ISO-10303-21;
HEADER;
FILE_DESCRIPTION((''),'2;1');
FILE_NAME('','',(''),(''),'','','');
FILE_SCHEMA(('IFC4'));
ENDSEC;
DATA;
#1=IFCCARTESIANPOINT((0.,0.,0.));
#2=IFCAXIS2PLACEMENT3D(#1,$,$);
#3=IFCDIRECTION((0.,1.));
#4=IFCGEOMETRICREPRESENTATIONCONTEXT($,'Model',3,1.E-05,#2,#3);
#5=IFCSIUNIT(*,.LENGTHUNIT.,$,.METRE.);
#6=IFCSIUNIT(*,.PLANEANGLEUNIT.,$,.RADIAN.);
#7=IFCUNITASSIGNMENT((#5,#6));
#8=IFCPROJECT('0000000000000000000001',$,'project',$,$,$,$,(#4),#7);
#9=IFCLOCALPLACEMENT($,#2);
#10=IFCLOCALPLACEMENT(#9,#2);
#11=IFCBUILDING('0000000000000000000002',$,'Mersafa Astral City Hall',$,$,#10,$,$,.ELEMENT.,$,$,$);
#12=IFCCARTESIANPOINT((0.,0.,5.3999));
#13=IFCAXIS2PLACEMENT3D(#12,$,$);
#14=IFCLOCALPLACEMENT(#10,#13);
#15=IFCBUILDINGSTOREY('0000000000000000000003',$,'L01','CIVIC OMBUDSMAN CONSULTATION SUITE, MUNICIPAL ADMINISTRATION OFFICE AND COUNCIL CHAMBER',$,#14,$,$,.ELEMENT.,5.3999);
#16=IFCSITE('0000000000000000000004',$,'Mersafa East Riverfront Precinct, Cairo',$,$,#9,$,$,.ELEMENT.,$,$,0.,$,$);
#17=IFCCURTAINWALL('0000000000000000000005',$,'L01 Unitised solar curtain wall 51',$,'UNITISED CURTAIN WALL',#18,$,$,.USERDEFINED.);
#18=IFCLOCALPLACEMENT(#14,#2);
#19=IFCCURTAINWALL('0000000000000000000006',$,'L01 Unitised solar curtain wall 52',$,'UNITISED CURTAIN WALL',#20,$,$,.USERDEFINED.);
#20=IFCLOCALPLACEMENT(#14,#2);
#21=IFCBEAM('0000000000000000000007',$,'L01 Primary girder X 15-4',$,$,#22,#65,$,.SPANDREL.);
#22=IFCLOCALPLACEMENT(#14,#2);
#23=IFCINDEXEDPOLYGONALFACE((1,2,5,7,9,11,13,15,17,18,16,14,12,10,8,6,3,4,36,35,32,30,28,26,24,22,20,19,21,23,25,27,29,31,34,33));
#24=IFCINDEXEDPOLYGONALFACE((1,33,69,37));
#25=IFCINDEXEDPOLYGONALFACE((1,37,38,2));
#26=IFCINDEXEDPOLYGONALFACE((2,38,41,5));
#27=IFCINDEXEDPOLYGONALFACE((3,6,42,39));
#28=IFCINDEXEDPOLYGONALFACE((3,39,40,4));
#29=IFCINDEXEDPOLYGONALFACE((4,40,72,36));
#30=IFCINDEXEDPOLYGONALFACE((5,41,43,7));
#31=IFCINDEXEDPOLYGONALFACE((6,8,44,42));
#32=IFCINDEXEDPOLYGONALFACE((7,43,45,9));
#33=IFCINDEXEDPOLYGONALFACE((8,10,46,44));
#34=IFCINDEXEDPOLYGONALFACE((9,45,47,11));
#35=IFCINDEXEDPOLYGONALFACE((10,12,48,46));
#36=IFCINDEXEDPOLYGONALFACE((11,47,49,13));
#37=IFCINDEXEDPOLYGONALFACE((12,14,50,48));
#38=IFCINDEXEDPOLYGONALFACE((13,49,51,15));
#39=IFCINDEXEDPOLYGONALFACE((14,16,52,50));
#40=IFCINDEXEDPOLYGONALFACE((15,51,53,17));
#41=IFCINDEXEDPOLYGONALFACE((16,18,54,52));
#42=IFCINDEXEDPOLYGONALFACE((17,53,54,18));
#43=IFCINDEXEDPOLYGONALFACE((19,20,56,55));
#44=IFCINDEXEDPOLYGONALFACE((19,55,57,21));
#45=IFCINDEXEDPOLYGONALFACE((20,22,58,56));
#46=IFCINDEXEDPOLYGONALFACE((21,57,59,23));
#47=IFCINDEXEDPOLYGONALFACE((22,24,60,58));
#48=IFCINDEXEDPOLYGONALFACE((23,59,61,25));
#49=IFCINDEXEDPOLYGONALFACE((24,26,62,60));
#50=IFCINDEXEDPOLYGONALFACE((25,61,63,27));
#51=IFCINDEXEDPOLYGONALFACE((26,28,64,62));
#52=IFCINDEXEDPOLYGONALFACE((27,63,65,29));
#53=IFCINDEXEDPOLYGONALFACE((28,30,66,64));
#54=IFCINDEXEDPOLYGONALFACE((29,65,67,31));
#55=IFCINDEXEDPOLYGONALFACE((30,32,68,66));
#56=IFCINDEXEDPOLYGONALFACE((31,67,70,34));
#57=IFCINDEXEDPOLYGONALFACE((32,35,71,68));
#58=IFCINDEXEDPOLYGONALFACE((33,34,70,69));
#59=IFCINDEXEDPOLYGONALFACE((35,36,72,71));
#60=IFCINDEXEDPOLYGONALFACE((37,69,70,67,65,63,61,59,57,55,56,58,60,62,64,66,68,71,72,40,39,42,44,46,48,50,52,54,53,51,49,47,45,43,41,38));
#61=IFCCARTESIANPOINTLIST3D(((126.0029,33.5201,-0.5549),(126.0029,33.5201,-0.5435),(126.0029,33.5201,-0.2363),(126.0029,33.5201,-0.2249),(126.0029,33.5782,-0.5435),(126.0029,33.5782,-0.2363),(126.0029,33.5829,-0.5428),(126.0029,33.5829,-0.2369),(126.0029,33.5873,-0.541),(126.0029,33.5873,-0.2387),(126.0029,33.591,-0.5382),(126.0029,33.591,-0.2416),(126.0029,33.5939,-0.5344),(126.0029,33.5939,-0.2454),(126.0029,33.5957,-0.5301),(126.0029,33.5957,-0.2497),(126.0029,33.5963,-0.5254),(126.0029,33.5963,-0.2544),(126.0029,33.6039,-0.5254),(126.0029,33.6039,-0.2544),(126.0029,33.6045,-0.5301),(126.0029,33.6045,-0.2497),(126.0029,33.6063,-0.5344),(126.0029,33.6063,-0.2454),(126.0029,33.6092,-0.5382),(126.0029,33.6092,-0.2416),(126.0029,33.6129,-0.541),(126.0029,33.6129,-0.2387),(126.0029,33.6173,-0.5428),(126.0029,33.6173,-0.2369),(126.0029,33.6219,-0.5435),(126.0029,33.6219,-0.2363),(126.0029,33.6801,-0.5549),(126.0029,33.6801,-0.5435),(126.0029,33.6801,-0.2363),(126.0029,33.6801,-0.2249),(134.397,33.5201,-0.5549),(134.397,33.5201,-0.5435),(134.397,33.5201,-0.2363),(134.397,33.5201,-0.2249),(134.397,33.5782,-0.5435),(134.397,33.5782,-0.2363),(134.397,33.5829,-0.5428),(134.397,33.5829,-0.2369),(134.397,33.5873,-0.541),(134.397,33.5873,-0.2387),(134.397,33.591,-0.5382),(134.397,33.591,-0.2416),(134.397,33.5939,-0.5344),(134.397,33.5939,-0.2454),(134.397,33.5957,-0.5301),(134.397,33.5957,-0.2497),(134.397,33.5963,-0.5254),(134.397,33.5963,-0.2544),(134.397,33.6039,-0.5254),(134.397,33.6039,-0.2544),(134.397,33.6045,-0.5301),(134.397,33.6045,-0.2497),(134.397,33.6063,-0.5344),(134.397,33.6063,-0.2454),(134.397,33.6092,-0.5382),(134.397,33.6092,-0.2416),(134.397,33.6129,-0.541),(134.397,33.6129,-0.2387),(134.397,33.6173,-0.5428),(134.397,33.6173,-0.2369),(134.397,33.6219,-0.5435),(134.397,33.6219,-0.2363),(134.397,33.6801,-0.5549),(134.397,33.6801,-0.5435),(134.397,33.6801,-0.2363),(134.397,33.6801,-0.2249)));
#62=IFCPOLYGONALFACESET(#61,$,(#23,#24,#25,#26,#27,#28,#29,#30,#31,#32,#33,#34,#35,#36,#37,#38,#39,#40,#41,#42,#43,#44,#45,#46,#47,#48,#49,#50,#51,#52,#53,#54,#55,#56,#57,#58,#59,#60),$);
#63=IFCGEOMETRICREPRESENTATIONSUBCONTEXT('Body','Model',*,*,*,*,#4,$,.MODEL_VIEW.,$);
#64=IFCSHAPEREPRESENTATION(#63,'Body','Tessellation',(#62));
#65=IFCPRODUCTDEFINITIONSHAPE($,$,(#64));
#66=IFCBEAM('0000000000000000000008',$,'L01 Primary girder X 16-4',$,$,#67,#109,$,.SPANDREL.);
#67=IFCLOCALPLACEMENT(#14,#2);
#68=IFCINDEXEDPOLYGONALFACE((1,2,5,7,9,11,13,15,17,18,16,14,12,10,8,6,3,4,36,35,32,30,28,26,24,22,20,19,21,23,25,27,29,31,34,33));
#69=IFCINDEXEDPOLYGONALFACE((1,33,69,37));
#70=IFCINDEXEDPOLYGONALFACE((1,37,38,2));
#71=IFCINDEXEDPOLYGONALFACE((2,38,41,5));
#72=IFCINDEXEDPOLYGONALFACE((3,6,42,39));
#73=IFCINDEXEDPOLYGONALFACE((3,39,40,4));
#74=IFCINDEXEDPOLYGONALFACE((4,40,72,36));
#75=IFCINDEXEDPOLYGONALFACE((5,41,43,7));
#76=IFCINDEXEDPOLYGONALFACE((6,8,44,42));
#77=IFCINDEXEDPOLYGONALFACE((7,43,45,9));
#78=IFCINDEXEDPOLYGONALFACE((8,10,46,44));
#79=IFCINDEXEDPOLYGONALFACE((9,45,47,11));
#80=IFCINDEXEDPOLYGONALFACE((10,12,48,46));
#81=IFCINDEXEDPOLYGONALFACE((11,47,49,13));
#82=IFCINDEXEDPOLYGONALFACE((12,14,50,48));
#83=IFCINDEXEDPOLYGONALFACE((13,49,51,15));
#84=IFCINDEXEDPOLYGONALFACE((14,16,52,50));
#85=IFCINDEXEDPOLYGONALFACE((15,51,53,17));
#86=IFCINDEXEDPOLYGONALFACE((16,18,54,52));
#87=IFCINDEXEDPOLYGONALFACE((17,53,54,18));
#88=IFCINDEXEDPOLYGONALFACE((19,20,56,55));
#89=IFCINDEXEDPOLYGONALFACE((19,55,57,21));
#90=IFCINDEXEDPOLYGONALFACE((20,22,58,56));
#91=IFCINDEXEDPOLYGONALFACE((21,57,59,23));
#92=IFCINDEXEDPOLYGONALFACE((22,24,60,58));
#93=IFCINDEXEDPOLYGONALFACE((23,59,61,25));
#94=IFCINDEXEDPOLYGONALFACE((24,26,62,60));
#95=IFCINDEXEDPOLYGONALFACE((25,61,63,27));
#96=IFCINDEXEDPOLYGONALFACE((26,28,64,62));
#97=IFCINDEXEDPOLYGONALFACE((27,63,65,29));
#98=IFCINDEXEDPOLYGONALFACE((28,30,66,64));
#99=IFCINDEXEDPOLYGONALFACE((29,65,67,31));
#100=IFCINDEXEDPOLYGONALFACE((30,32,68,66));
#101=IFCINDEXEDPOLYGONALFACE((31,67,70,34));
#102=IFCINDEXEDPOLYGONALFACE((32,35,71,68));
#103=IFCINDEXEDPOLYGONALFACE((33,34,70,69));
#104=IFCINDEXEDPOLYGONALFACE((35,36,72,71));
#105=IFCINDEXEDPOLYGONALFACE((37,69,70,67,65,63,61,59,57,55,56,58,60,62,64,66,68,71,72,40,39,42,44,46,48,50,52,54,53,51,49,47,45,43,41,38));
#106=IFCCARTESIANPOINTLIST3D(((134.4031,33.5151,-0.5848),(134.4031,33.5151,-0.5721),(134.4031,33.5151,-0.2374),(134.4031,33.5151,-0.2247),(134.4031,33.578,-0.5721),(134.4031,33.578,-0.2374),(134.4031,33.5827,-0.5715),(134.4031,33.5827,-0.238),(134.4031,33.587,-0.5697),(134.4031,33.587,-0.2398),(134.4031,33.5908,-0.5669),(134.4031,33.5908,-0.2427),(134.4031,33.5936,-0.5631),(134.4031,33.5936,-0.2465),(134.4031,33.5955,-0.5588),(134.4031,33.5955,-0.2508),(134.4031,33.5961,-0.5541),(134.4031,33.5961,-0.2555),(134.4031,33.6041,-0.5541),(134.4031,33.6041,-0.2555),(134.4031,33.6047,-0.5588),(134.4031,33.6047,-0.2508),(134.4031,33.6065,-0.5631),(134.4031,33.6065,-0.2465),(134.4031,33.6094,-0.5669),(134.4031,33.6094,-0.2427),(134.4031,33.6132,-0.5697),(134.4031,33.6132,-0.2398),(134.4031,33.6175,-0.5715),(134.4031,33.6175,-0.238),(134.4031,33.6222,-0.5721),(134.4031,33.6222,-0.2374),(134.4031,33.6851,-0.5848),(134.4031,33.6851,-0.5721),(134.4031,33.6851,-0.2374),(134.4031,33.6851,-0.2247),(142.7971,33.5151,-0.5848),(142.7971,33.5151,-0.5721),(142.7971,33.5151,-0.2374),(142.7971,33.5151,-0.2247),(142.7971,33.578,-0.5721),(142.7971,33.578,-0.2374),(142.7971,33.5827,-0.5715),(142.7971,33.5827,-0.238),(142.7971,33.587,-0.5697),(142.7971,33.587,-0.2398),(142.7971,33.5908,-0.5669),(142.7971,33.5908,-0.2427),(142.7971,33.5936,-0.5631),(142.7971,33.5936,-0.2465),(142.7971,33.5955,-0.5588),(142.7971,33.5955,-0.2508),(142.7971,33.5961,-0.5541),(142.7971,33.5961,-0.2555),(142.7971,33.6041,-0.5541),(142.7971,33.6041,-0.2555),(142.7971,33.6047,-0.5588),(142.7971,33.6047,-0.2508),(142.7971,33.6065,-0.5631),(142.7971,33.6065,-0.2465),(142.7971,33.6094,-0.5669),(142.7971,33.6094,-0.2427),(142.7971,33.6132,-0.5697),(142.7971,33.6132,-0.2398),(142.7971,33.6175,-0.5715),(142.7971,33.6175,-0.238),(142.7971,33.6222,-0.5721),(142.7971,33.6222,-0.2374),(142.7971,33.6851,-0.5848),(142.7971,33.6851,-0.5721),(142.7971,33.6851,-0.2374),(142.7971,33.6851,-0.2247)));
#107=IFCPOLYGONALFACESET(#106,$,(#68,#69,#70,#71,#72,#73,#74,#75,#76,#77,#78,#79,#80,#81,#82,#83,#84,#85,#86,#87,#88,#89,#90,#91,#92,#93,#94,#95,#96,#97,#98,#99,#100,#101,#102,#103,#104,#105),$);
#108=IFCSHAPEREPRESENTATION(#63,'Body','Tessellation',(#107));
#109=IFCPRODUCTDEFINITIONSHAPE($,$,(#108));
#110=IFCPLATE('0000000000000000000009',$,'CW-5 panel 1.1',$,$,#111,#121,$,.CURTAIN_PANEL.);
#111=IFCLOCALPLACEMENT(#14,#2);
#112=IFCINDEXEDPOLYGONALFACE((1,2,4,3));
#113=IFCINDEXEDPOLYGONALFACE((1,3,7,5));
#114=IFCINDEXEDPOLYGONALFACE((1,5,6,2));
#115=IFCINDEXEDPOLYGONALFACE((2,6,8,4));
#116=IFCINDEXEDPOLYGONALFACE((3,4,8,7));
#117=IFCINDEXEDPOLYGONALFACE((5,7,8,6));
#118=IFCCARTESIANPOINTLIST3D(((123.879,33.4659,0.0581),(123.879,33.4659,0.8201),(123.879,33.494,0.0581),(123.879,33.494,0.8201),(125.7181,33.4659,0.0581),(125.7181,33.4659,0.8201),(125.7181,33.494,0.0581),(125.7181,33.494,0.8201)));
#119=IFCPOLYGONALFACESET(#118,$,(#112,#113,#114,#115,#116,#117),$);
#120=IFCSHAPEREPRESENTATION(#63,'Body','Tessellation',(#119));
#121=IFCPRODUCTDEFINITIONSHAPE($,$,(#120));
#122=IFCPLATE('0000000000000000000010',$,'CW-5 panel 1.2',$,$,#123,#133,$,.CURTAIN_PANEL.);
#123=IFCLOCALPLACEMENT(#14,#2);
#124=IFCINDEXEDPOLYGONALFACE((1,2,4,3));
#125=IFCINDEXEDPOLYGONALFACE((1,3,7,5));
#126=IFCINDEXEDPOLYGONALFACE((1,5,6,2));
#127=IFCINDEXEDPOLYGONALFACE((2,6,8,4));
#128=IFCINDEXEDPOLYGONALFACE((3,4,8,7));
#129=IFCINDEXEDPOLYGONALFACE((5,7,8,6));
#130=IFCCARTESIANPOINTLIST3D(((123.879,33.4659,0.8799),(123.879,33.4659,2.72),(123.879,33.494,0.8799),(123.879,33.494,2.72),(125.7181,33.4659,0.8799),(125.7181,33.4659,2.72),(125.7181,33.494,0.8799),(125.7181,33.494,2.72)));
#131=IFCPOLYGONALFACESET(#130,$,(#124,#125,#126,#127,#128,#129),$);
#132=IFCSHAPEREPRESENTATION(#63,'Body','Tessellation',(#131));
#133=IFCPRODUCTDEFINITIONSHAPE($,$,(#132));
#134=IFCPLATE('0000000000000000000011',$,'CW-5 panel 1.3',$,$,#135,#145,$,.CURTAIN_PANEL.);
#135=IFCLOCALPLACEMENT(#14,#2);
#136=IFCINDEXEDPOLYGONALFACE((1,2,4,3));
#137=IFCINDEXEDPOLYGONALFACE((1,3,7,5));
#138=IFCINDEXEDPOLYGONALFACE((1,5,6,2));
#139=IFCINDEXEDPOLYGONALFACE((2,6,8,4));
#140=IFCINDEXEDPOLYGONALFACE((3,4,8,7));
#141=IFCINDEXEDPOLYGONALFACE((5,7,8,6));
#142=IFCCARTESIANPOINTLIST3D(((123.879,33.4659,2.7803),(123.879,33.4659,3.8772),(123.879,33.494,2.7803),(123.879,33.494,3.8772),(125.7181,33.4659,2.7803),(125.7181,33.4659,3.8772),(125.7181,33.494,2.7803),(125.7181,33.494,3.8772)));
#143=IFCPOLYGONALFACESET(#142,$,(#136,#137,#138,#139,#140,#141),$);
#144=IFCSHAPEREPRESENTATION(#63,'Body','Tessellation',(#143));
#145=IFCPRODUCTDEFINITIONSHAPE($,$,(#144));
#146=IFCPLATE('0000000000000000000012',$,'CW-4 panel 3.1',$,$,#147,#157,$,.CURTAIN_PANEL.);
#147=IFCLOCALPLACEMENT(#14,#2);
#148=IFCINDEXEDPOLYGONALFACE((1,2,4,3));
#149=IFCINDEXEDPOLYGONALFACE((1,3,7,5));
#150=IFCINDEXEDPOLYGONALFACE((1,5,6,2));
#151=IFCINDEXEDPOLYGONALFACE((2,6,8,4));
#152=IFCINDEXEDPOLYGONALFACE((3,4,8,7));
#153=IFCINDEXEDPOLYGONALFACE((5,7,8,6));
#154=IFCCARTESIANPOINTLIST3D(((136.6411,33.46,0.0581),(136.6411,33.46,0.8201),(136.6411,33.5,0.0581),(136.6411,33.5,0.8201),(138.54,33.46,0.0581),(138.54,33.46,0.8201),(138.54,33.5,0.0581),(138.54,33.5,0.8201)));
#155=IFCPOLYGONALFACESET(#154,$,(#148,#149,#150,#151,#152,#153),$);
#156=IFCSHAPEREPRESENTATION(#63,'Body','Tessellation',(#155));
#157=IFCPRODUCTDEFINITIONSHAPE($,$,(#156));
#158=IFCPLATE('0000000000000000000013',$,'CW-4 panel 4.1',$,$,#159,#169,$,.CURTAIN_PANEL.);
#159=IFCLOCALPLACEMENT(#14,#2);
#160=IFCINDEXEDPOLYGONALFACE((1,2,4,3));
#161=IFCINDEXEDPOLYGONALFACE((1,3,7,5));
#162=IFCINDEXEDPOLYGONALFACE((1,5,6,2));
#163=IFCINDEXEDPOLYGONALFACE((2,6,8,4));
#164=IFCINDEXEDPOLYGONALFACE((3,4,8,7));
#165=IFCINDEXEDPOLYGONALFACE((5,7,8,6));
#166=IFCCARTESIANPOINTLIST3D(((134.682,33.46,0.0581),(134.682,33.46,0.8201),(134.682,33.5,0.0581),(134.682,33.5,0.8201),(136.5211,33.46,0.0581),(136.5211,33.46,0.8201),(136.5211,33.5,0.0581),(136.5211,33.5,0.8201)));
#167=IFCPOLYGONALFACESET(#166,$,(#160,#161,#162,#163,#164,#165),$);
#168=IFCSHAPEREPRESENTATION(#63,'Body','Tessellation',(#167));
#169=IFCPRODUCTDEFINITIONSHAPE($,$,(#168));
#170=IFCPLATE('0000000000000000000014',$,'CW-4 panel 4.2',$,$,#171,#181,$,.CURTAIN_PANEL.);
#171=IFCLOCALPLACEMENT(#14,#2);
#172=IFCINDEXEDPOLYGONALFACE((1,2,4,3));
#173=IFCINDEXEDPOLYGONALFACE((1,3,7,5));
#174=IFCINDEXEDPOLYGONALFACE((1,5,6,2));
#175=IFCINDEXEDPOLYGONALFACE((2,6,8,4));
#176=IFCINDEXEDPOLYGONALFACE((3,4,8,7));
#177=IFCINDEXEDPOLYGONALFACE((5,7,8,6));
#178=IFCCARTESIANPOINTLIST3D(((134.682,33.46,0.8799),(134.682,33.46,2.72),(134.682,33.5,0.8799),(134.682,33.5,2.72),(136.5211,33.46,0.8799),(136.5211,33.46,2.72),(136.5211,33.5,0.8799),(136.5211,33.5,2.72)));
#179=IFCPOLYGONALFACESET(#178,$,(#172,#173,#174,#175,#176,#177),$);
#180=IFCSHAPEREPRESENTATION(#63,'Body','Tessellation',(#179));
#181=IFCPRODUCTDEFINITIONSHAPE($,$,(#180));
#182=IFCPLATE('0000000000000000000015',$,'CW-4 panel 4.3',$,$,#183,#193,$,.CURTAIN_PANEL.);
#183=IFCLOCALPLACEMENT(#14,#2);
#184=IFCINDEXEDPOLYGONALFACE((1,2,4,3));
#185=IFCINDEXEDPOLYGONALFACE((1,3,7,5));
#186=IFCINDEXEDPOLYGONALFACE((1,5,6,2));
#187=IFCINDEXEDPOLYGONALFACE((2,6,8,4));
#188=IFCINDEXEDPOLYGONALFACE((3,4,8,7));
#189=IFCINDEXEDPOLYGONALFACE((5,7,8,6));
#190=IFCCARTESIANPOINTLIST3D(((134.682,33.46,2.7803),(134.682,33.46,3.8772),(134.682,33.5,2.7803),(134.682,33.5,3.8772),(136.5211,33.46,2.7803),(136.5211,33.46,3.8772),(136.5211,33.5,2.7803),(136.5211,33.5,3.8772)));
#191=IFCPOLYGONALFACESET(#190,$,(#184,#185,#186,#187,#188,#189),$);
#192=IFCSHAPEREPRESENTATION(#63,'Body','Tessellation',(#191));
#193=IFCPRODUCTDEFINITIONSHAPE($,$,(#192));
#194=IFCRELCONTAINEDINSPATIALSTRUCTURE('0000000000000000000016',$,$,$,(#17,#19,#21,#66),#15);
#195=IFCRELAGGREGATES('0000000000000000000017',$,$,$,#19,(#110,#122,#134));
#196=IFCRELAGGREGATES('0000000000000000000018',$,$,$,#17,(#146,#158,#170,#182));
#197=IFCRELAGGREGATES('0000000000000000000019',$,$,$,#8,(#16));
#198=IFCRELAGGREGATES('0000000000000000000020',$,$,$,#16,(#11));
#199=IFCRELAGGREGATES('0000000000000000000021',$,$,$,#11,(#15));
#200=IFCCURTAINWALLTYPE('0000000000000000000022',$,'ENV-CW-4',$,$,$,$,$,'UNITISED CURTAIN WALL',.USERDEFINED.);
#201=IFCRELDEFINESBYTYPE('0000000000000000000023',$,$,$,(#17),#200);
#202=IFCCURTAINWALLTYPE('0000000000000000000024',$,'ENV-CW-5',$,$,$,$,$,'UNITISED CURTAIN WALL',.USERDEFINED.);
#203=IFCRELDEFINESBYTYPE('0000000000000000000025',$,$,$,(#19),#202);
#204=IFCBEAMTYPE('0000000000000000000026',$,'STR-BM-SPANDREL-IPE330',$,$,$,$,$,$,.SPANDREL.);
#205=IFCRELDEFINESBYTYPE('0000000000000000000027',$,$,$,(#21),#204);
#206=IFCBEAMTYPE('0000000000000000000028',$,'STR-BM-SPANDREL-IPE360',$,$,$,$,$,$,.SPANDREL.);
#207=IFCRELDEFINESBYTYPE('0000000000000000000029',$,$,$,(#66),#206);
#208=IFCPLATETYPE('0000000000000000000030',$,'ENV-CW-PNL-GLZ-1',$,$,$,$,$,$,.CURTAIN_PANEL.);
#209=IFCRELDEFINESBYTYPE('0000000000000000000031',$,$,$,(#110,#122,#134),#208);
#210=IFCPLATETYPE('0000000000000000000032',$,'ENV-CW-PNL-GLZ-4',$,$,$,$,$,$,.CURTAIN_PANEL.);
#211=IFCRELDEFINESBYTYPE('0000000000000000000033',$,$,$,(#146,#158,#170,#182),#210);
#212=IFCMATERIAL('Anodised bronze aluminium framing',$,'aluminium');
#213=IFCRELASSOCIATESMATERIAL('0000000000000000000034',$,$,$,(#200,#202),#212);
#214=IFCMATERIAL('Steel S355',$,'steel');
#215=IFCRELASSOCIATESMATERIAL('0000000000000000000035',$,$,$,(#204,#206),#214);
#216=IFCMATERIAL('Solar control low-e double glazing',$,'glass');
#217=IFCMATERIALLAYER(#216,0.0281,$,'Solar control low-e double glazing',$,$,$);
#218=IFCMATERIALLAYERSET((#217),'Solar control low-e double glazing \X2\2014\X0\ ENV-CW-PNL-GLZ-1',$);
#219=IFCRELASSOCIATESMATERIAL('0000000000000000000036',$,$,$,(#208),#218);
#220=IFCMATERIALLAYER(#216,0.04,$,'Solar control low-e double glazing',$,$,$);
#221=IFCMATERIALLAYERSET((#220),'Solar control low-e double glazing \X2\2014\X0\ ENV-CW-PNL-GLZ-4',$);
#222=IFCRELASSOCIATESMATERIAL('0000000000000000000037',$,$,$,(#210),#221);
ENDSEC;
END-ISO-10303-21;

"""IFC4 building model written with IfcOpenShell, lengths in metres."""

from ifc_helpers import new_model, si_unit, direction, frame, origin, origin_2d, place, context, subcontext, project, spatial, rectangle, i_section, extrude, material, layer, layer_set, material_profile, profile_set, type_object, element, aggregate, save


model = new_model("IFC4")

# Units and contexts
model_context = context("Model", 3, precision=1e-05, world=origin(), true_north=direction((0.0, 1.0)))
body_context = subcontext(model_context, "Body", "Model", "MODEL_VIEW")
ifc_project = project(units=[si_unit("LENGTHUNIT", "METRE"), si_unit("PLANEANGLEUNIT", "RADIAN")], contexts=[model_context])

# Site, building, storey
site_placement = place(None, origin())
site = spatial("IfcSite", under=ifc_project, at=site_placement, Name="Mersafa East Riverfront Precinct, Cairo", CompositionType="ELEMENT", RefElevation=0.0)
building_placement = place(site_placement, origin())
building = spatial("IfcBuilding", under=site, at=building_placement, Name="Mersafa Astral City Hall", CompositionType="ELEMENT")
storey_placement = place(building_placement, frame((0.0, 0.0, 5.3999)))
storey = spatial("IfcBuildingStorey", under=building, at=storey_placement, Name="L01", Description="CIVIC OMBUDSMAN CONSULTATION SUITE, MUNICIPAL ADMINISTRATION OFFICE AND COUNCIL CHAMBER", CompositionType="ELEMENT", Elevation=5.3999)

# Shared definitions
ifc_material_1 = material(Name="Steel S355", Category="steel")

# Curtain walls
ifc_material_2 = material(Name="Anodised bronze aluminium framing", Category="aluminium")
curtain_wall_type_1 = type_object("IfcCurtainWallType", Name="ENV-CW-4", ElementType="UNITISED CURTAIN WALL", PredefinedType="USERDEFINED", material=ifc_material_2)
curtain_wall_1_placement = place(storey_placement, origin())
curtain_wall_1 = element("IfcCurtainWall", 1, at=curtain_wall_1_placement, inside=storey, type_object=curtain_wall_type_1, Name="L01 Unitised solar curtain wall 51", ObjectType="UNITISED CURTAIN WALL", PredefinedType="USERDEFINED")
curtain_wall_type_2 = type_object("IfcCurtainWallType", Name="ENV-CW-5", ElementType="UNITISED CURTAIN WALL", PredefinedType="USERDEFINED", material=ifc_material_2)
curtain_wall_2_placement = place(storey_placement, origin())
curtain_wall_2 = element("IfcCurtainWall", 2, at=curtain_wall_2_placement, inside=storey, type_object=curtain_wall_type_2, Name="L01 Unitised solar curtain wall 52", ObjectType="UNITISED CURTAIN WALL", PredefinedType="USERDEFINED")

# Beams
ifc_material_profile_1 = material_profile(ifc_material_1, i_section(OverallWidth=0.1599, OverallDepth=0.3301, WebThickness=0.0076, FlangeThickness=0.0115, FilletRadius=0.0181, at=origin_2d()), Name="IPE 330")
ifc_profile_set_1 = profile_set([ifc_material_profile_1], Name="Steel S355")
beam_type_1 = type_object("IfcBeamType", Name="STR-BM-SPANDREL-IPE330", PredefinedType="SPANDREL", material=ifc_profile_set_1)
beam_1_placement = place(storey_placement, frame((126.0029, 33.6001, -0.3899), z_axis=(1.0, 0.0, 0.0), x_axis=(0.0, 1.0, 0.0)))
element("IfcBeam", 3, at=beam_1_placement, inside=storey, type_object=beam_type_1, Name="L01 Primary girder X 15-4", PredefinedType="SPANDREL", context=body_context, shape_type="SweptSolid", body=[
    extrude(i_section(OverallWidth=0.1599, OverallDepth=0.3301, WebThickness=0.0076, FlangeThickness=0.0115, FilletRadius=0.0181, at=origin_2d()), origin(), (0.0, 0.0, 1.0), 8.394),
])
ifc_material_profile_2 = material_profile(ifc_material_1, i_section(OverallWidth=0.1699, OverallDepth=0.3601, WebThickness=0.0081, FlangeThickness=0.0127, FilletRadius=0.0181, at=origin_2d()), Name="IPE 360")
ifc_profile_set_2 = profile_set([ifc_material_profile_2], Name="Steel S355")
beam_type_2 = type_object("IfcBeamType", Name="STR-BM-SPANDREL-IPE360", PredefinedType="SPANDREL", material=ifc_profile_set_2)
beam_2_placement = place(storey_placement, frame((134.4031, 33.6001, -0.4048), z_axis=(1.0, 0.0, 0.0), x_axis=(0.0, 1.0, 0.0)))
element("IfcBeam", 4, at=beam_2_placement, inside=storey, type_object=beam_type_2, Name="L01 Primary girder X 16-4", PredefinedType="SPANDREL", context=body_context, shape_type="SweptSolid", body=[
    extrude(i_section(OverallWidth=0.1699, OverallDepth=0.3601, WebThickness=0.0081, FlangeThickness=0.0127, FilletRadius=0.0181, at=origin_2d()), origin(), (0.0, 0.0, 1.0), 8.394),
])

# Plates
ifc_material_3 = material(Name="Solar control low-e double glazing", Category="glass")
ifc_layer_1 = layer(ifc_material_3, 0.0281, Name="Solar control low-e double glazing")
ifc_layer_set_1 = layer_set([ifc_layer_1], Name="Solar control low-e double glazing — ENV-CW-PNL-GLZ-1")
plate_type_1 = type_object("IfcPlateType", Name="ENV-CW-PNL-GLZ-1", PredefinedType="CURTAIN_PANEL", material=ifc_layer_set_1)
plate_1_placement = place(storey_placement, frame((124.7986, 33.48, 0.0581), z_axis=(0.0, 0.0, 1.0), x_axis=(-1.0, 0.0, 0.0)))
plate_1 = element("IfcPlate", 5, at=plate_1_placement, type_object=plate_type_1, Name="CW-5 panel 1.1", PredefinedType="CURTAIN_PANEL", context=body_context, shape_type="SweptSolid", body=[
    extrude(rectangle(XDim=1.8391, YDim=0.0281, at=origin_2d()), origin(), (0.0, 0.0, 1.0), 0.762),
])
plate_2_placement = place(storey_placement, frame((124.7986, 33.48, 0.8799), z_axis=(0.0, 0.0, 1.0), x_axis=(-1.0, 0.0, 0.0)))
plate_2 = element("IfcPlate", 6, at=plate_2_placement, type_object=plate_type_1, Name="CW-5 panel 1.2", PredefinedType="CURTAIN_PANEL", context=body_context, shape_type="SweptSolid", body=[
    extrude(rectangle(XDim=1.8391, YDim=0.0281, at=origin_2d()), origin(), (0.0, 0.0, 1.0), 1.8401),
])
plate_3_placement = place(storey_placement, frame((124.7986, 33.48, 2.7803), z_axis=(0.0, 0.0, 1.0), x_axis=(-1.0, 0.0, 0.0)))
plate_3 = element("IfcPlate", 7, at=plate_3_placement, type_object=plate_type_1, Name="CW-5 panel 1.3", PredefinedType="CURTAIN_PANEL", context=body_context, shape_type="SweptSolid", body=[
    extrude(rectangle(XDim=1.8391, YDim=0.0281, at=origin_2d()), origin(), (0.0, 0.0, 1.0), 1.0969),
])
aggregate(curtain_wall_2, [plate_1, plate_2, plate_3])
ifc_layer_2 = layer(ifc_material_3, 0.04, Name="Solar control low-e double glazing")
ifc_layer_set_2 = layer_set([ifc_layer_2], Name="Solar control low-e double glazing — ENV-CW-PNL-GLZ-4")
plate_type_2 = type_object("IfcPlateType", Name="ENV-CW-PNL-GLZ-4", PredefinedType="CURTAIN_PANEL", material=ifc_layer_set_2)
plate_4_placement = place(storey_placement, frame((137.5906, 33.48, 0.0581), z_axis=(0.0, 0.0, 1.0), x_axis=(-1.0, 0.0, 0.0)))
plate_4 = element("IfcPlate", 8, at=plate_4_placement, type_object=plate_type_2, Name="CW-4 panel 3.1", PredefinedType="CURTAIN_PANEL", context=body_context, shape_type="SweptSolid", body=[
    extrude(rectangle(XDim=1.8989, YDim=0.04, at=origin_2d()), origin(), (0.0, 0.0, 1.0), 0.762),
])
plate_5_placement = place(storey_placement, frame((135.6016, 33.48, 0.0581), z_axis=(0.0, 0.0, 1.0), x_axis=(-1.0, 0.0, 0.0)))
plate_5 = element("IfcPlate", 9, at=plate_5_placement, type_object=plate_type_2, Name="CW-4 panel 4.1", PredefinedType="CURTAIN_PANEL", context=body_context, shape_type="SweptSolid", body=[
    extrude(rectangle(XDim=1.8391, YDim=0.04, at=origin_2d()), origin(), (0.0, 0.0, 1.0), 0.762),
])
plate_6_placement = place(storey_placement, frame((135.6016, 33.48, 0.8799), z_axis=(0.0, 0.0, 1.0), x_axis=(-1.0, 0.0, 0.0)))
plate_6 = element("IfcPlate", 10, at=plate_6_placement, type_object=plate_type_2, Name="CW-4 panel 4.2", PredefinedType="CURTAIN_PANEL", context=body_context, shape_type="SweptSolid", body=[
    extrude(rectangle(XDim=1.8391, YDim=0.04, at=origin_2d()), origin(), (0.0, 0.0, 1.0), 1.8401),
])
plate_7_placement = place(storey_placement, frame((135.6016, 33.48, 2.7803), z_axis=(0.0, 0.0, 1.0), x_axis=(-1.0, 0.0, 0.0)))
plate_7 = element("IfcPlate", 11, at=plate_7_placement, type_object=plate_type_2, Name="CW-4 panel 4.3", PredefinedType="CURTAIN_PANEL", context=body_context, shape_type="SweptSolid", body=[
    extrude(rectangle(XDim=1.8391, YDim=0.04, at=origin_2d()), origin(), (0.0, 0.0, 1.0), 1.0969),
])
aggregate(curtain_wall_1, [plate_4, plate_5, plate_6, plate_7])

save(model, "model.ifc")
